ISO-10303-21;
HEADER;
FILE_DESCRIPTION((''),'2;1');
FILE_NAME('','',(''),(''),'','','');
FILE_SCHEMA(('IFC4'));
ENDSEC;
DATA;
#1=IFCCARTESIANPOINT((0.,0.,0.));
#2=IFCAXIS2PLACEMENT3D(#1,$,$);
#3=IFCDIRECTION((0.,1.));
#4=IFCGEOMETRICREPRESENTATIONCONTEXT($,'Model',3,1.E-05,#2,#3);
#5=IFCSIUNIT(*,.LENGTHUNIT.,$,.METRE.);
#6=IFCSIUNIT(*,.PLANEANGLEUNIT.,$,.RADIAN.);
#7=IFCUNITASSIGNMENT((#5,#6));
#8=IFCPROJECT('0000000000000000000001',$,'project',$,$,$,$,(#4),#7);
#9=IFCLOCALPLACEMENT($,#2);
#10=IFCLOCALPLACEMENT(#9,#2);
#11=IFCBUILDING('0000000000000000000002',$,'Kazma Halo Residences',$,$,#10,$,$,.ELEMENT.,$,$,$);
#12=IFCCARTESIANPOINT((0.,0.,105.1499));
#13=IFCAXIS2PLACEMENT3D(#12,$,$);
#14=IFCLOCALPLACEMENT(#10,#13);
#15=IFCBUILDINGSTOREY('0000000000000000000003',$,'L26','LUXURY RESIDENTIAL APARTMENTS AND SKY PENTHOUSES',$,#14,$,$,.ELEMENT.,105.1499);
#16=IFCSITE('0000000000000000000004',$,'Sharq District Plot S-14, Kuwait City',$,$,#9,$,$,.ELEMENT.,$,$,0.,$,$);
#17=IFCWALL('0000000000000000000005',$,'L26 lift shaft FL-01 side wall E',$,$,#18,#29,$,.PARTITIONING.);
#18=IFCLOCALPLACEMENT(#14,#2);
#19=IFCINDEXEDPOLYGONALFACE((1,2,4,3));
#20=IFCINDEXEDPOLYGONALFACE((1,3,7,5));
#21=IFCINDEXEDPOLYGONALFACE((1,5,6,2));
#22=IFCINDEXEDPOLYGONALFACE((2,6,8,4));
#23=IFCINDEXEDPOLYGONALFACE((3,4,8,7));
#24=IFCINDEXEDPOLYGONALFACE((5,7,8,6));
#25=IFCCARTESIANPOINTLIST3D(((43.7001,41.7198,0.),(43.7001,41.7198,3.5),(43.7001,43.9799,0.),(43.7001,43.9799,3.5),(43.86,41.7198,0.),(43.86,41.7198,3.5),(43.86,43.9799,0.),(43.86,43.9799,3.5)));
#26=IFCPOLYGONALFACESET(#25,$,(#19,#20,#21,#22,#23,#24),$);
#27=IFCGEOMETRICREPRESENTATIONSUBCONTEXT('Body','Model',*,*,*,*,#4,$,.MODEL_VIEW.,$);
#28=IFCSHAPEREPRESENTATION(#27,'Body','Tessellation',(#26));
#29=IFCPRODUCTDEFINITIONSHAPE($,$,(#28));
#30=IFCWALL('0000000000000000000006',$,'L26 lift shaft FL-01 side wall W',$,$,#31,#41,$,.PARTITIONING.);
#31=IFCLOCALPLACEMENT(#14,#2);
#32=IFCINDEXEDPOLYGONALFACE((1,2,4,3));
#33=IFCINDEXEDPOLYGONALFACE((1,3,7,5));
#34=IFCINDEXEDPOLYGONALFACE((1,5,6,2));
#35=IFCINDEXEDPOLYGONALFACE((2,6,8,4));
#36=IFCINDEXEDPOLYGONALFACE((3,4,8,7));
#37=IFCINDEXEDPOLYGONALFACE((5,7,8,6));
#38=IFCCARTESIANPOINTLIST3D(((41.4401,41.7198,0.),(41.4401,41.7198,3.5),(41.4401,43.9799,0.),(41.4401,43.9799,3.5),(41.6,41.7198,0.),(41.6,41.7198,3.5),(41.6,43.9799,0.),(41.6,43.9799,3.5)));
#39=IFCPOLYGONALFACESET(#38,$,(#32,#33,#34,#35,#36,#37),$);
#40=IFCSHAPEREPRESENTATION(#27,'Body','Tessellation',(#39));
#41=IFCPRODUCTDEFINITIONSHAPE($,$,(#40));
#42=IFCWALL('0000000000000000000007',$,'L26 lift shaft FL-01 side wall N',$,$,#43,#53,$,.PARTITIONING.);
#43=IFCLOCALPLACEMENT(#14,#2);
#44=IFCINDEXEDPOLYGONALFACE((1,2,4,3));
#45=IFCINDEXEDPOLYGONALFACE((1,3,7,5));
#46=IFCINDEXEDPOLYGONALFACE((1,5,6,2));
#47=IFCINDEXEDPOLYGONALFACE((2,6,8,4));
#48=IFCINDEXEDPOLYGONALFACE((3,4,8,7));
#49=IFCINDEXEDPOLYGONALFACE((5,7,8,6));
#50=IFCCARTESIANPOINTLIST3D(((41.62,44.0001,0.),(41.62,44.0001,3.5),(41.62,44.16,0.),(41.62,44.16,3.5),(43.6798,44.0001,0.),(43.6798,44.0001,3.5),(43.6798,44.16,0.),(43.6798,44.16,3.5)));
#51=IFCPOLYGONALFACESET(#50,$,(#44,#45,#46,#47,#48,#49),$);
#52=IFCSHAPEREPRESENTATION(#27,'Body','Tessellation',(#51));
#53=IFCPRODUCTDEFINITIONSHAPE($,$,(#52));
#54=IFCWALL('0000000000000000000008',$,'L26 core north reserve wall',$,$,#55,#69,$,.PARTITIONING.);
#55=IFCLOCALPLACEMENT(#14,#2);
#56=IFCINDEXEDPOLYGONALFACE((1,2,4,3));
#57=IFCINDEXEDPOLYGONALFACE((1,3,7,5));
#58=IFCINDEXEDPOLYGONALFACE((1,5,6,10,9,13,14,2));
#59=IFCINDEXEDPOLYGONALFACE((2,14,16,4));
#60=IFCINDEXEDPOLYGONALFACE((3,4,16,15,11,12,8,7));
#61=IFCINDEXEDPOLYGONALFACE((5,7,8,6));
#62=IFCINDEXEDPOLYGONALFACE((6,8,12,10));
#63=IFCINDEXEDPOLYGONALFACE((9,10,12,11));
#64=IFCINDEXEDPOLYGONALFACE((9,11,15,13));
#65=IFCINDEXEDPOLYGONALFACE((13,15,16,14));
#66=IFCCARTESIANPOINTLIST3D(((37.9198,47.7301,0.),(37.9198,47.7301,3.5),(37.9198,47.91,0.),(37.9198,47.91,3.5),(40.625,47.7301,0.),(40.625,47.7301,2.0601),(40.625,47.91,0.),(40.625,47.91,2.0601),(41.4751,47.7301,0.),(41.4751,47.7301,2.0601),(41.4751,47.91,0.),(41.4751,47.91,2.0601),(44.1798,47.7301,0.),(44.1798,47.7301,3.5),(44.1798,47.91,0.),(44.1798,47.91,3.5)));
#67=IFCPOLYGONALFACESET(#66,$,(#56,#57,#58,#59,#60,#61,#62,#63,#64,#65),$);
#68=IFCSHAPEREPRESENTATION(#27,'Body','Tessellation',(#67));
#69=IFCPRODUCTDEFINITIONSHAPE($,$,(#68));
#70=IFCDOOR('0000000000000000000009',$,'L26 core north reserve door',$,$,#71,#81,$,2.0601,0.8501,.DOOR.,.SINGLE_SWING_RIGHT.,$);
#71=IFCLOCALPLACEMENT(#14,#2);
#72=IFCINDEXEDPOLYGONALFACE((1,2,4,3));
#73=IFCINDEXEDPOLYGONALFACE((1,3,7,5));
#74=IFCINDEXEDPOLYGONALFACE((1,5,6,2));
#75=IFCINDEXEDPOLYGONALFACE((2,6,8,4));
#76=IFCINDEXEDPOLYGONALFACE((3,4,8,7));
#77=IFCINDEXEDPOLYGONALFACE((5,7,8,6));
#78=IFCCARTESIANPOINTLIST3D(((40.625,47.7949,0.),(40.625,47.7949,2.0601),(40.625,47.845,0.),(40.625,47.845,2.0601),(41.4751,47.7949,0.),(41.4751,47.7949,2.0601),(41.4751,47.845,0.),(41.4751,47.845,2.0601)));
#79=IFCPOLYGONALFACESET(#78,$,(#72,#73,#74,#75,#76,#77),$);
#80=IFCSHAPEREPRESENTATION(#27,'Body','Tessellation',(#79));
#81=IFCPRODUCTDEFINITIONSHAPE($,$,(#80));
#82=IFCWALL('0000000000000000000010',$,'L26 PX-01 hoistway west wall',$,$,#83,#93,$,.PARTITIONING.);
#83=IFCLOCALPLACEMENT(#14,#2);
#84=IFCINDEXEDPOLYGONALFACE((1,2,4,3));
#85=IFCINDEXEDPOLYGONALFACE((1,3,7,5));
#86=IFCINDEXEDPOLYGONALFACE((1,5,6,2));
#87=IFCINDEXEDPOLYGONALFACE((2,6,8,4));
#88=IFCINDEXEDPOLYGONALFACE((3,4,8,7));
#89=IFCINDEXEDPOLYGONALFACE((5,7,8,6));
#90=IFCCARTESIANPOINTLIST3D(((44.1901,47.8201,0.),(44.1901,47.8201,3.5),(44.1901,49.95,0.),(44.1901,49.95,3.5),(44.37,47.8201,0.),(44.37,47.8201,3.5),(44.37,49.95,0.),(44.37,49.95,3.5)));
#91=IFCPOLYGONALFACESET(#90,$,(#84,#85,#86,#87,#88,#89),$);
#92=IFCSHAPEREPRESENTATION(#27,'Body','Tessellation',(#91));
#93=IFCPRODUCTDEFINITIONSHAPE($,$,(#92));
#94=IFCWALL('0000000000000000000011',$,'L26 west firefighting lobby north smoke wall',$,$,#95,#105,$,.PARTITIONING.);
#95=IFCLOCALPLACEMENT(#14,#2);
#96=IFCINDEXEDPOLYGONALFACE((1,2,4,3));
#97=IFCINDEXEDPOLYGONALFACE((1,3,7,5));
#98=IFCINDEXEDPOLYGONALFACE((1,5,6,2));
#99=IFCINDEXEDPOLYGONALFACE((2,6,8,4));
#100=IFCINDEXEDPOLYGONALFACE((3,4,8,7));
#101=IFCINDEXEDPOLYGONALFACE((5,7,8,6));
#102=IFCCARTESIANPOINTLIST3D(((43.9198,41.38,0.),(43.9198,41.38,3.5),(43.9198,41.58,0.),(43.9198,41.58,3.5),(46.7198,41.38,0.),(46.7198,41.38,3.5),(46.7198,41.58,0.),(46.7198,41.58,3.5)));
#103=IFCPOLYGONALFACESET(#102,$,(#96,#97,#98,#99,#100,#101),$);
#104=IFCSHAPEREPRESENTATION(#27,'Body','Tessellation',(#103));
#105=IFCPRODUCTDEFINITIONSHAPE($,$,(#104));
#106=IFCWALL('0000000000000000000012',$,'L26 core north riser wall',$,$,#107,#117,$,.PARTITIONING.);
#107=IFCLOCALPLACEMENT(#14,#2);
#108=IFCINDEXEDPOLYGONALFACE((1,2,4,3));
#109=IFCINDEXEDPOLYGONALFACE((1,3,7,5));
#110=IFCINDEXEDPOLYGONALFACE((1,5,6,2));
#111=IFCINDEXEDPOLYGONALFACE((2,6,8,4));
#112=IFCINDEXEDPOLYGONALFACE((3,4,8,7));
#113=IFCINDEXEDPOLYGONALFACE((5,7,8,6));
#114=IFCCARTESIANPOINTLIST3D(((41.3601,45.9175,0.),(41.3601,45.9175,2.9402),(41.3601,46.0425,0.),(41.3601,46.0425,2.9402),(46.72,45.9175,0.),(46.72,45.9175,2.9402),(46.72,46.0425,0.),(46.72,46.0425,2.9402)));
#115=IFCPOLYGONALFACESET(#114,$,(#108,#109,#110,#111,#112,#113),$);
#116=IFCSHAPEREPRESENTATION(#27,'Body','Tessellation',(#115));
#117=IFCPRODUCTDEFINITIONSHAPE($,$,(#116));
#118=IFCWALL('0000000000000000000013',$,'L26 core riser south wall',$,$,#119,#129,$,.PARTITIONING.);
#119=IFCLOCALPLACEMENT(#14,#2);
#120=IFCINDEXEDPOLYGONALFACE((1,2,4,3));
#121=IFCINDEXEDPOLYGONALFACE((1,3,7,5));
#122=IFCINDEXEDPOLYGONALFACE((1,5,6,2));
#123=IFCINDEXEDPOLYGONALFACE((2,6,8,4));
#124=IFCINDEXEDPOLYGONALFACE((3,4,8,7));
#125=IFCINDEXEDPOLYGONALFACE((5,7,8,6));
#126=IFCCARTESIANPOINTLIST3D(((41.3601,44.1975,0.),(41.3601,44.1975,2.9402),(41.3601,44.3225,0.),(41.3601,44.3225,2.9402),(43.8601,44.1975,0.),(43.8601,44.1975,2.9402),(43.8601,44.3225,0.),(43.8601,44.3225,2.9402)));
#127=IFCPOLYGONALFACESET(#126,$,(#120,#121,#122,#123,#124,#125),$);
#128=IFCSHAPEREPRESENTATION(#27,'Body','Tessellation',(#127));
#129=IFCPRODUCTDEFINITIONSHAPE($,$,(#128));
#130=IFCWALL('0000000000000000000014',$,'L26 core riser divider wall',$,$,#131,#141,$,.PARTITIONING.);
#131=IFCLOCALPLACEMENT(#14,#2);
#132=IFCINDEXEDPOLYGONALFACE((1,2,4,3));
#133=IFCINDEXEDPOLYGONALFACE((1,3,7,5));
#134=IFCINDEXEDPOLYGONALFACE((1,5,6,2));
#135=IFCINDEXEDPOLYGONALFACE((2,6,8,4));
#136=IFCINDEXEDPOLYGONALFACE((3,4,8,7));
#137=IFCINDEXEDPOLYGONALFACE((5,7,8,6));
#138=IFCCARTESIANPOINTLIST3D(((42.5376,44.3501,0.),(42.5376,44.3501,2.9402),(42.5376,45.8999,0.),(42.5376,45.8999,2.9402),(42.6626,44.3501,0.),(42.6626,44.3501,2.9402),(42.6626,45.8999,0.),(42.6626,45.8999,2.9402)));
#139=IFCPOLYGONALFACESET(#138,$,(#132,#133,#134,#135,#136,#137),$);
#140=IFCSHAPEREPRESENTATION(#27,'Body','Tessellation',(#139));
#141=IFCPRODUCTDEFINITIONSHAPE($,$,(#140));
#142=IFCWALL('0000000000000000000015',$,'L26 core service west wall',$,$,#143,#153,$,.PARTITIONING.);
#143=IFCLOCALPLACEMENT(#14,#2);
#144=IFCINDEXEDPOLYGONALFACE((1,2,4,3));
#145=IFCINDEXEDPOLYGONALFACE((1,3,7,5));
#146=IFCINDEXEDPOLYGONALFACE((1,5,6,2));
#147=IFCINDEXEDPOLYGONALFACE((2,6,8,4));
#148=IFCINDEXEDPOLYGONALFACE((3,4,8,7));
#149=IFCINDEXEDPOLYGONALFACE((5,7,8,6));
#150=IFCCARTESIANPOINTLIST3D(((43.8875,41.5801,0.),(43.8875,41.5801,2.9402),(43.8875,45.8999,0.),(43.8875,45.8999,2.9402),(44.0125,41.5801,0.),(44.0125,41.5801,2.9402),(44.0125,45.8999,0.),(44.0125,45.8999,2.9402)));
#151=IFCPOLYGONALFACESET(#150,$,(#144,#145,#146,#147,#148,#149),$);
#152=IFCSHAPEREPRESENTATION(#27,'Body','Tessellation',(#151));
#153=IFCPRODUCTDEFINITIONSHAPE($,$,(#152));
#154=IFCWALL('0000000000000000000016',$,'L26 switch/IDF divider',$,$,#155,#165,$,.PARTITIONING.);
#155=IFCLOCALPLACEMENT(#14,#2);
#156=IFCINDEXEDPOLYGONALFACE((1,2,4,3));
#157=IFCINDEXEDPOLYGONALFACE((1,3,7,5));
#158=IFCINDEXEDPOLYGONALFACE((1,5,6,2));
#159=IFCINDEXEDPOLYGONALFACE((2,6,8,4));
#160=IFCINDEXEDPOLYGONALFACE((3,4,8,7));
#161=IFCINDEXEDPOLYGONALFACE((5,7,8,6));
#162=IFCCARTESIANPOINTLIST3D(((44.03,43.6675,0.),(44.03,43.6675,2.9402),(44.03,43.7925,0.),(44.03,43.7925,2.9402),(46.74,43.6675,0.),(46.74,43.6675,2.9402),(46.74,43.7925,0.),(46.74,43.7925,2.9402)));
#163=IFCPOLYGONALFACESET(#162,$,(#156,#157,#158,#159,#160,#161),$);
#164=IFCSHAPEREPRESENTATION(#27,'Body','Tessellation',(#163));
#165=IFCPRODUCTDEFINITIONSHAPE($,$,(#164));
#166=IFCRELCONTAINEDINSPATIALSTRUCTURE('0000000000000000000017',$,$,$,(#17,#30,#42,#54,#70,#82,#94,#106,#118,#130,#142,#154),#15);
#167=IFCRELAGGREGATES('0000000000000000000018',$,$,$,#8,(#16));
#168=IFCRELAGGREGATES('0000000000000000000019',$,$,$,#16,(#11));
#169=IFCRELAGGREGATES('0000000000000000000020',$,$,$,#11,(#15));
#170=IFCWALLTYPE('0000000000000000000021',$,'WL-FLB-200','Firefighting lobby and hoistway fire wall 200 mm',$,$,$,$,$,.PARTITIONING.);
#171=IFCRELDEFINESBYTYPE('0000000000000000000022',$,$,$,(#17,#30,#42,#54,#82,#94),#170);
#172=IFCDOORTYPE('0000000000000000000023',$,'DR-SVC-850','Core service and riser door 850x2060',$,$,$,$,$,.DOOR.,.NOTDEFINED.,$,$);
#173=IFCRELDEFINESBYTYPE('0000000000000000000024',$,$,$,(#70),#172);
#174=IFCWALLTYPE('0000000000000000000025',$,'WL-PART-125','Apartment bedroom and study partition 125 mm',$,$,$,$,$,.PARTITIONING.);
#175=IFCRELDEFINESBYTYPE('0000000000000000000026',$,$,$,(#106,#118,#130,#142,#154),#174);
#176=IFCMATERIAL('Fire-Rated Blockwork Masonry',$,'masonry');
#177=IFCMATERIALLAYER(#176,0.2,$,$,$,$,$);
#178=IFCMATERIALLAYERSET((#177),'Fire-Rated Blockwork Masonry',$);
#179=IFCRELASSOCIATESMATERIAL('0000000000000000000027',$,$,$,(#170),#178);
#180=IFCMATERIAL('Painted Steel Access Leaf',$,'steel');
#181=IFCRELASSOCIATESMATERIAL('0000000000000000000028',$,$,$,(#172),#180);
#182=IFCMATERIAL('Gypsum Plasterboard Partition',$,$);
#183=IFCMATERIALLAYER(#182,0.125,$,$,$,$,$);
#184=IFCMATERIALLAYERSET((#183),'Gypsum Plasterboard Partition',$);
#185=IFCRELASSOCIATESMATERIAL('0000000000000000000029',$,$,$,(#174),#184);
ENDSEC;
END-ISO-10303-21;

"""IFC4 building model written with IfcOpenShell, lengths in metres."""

from ifc_helpers import new_model, si_unit, direction, frame, frame_2d, origin, place, context, subcontext, project, spatial, rectangle, extrude, material, layer, layer_set, type_object, element, fill, save


model = new_model("IFC4")

# Units and contexts
model_context = context("Model", 3, precision=1e-05, world=origin(), true_north=direction((0.0, 1.0)))
body_context = subcontext(model_context, "Body", "Model", "MODEL_VIEW")
ifc_project = project(units=[si_unit("LENGTHUNIT", "METRE"), si_unit("PLANEANGLEUNIT", "RADIAN")], contexts=[model_context])

# Site, building, storey
site_placement = place(None, origin())
site = spatial("IfcSite", under=ifc_project, at=site_placement, Name="Sharq District Plot S-14, Kuwait City", CompositionType="ELEMENT", RefElevation=0.0)
building_placement = place(site_placement, origin())
building = spatial("IfcBuilding", under=site, at=building_placement, Name="Kazma Halo Residences", CompositionType="ELEMENT")
storey_placement = place(building_placement, frame((0.0, 0.0, 105.1499)))
storey = spatial("IfcBuildingStorey", under=building, at=storey_placement, Name="L26", Description="LUXURY RESIDENTIAL APARTMENTS AND SKY PENTHOUSES", CompositionType="ELEMENT", Elevation=105.1499)

# Shared definitions
ifc_material_1 = material(Name="Fire-Rated Blockwork Masonry", Category="masonry")
ifc_layer_1 = layer(ifc_material_1, 0.2)
ifc_layer_set_1 = layer_set([ifc_layer_1], Name="Fire-Rated Blockwork Masonry")
wall_type_1 = type_object("IfcWallType", Name="WL-FLB-200", Description="Firefighting lobby and hoistway fire wall 200 mm", PredefinedType="PARTITIONING", material=ifc_layer_set_1)

# Walls
for number, where, z_axis, x_axis, name in (
    (1, (43.78, 41.72, 0.0), (0.0, 0.0, 1.0), (0.0, 1.0, 0.0), "L26 lift shaft FL-01 side wall E"),
    (2, (41.52, 41.72, 0.0), (0.0, 0.0, 1.0), (0.0, 1.0, 0.0), "L26 lift shaft FL-01 side wall W"),
):
    element("IfcWall", number, at=place(storey_placement, frame(where, z_axis=z_axis, x_axis=x_axis)), inside=storey, type_object=wall_type_1, Name=name, PredefinedType="PARTITIONING", context=body_context, shape_type="SweptSolid", body=[
        extrude(rectangle(XDim=2.26, YDim=0.1599, at=frame_2d((1.1299, 0.0))), origin(), (0.0, 0.0, 1.0), 3.5),
    ])
wall_1_placement = place(storey_placement, frame((41.6201, 44.0801, 0.0), z_axis=(0.0, 0.0, 1.0), x_axis=(1.0, 0.0, 0.0)))
element("IfcWall", 3, at=wall_1_placement, inside=storey, type_object=wall_type_1, Name="L26 lift shaft FL-01 side wall N", PredefinedType="PARTITIONING", context=body_context, shape_type="SweptSolid", body=[
    extrude(rectangle(XDim=2.0598, YDim=0.1599, at=frame_2d((1.0298, 0.0))), origin(), (0.0, 0.0, 1.0), 3.5),
])

# Wall, opening, door
wall_2_placement = place(storey_placement, frame((37.9199, 47.8201, 0.0), z_axis=(0.0, 0.0, 1.0), x_axis=(1.0, 0.0, 0.0)))
wall_2 = element("IfcWall", 4, at=wall_2_placement, inside=storey, type_object=wall_type_1, Name="L26 core north reserve wall", PredefinedType="PARTITIONING", context=body_context, shape_type="SweptSolid", body=[
    extrude(rectangle(XDim=6.26, YDim=0.1799, at=frame_2d((3.1299, 0.0))), origin(), (0.0, 0.0, 1.0), 3.5),
])
opening_1_placement = place(wall_2_placement, frame((2.7051, 0.0, 0.0)))
opening_1 = element("IfcOpeningElement", 5, at=opening_1_placement, cuts=wall_2, PredefinedType="OPENING", context=body_context, shape_type="SweptSolid", body=[
    extrude(rectangle(XDim=0.8501, YDim=2.0601, at=frame_2d((0.425, 1.03))), frame((0.0, 0.0999, 0.0), z_axis=(0.0, -1.0, 0.0), x_axis=(1.0, 0.0, 0.0)), (0.0, 0.0, 1.0), 0.2),
])
ifc_material_2 = material(Name="Painted Steel Access Leaf", Category="steel")
door_type_1 = type_object("IfcDoorType", Name="DR-SVC-850", Description="Core service and riser door 850x2060", OperationType="NOTDEFINED", PredefinedType="DOOR", material=ifc_material_2)
door_1_placement = place(opening_1_placement, origin())
door_1 = element("IfcDoor", 6, at=door_1_placement, inside=storey, type_object=door_type_1, Name="L26 core north reserve door", OperationType="SINGLE_SWING_RIGHT", OverallHeight=2.0601, OverallWidth=0.8501, PredefinedType="DOOR", context=body_context, shape_type="SweptSolid", body=[
    extrude(rectangle(XDim=0.8501, YDim=2.0601, at=frame_2d((0.425, 1.03))), frame((0.0, 0.0249, 0.0), z_axis=(0.0, -1.0, 0.0), x_axis=(1.0, 0.0, 0.0)), (0.0, 0.0, 1.0), 0.05),
])
fill(opening_1, door_1)

# Walls
wall_3_placement = place(storey_placement, frame((44.28, 47.8201, 0.0), z_axis=(0.0, 0.0, 1.0), x_axis=(0.0, 1.0, 0.0)))
element("IfcWall", 7, at=wall_3_placement, inside=storey, type_object=wall_type_1, Name="L26 PX-01 hoistway west wall", PredefinedType="PARTITIONING", context=body_context, shape_type="SweptSolid", body=[
    extrude(rectangle(XDim=2.1299, YDim=0.1799, at=frame_2d((1.0649, 0.0))), origin(), (0.0, 0.0, 1.0), 3.5),
])
wall_4_placement = place(storey_placement, frame((43.9199, 41.48, 0.0), z_axis=(0.0, 0.0, 1.0), x_axis=(1.0, 0.0, 0.0)))
element("IfcWall", 8, at=wall_4_placement, inside=storey, type_object=wall_type_1, Name="L26 west firefighting lobby north smoke wall", PredefinedType="PARTITIONING", context=body_context, shape_type="SweptSolid", body=[
    extrude(rectangle(XDim=2.8, YDim=0.2, at=frame_2d((1.3999, 0.0))), origin(), (0.0, 0.0, 1.0), 3.5),
])
ifc_material_3 = material(Name="Gypsum Plasterboard Partition")
ifc_layer_2 = layer(ifc_material_3, 0.125)
ifc_layer_set_2 = layer_set([ifc_layer_2], Name="Gypsum Plasterboard Partition")
wall_type_2 = type_object("IfcWallType", Name="WL-PART-125", Description="Apartment bedroom and study partition 125 mm", PredefinedType="PARTITIONING", material=ifc_layer_set_2)
wall_5_placement = place(storey_placement, frame((41.3601, 45.98, 0.0), z_axis=(0.0, 0.0, 1.0), x_axis=(1.0, 0.0, 0.0)))
element("IfcWall", 9, at=wall_5_placement, inside=storey, type_object=wall_type_2, Name="L26 core north riser wall", PredefinedType="PARTITIONING", context=body_context, shape_type="SweptSolid", body=[
    extrude(rectangle(XDim=5.3599, YDim=0.125, at=frame_2d((2.6799, 0.0))), origin(), (0.0, 0.0, 1.0), 2.9402),
])
wall_6_placement = place(storey_placement, frame((41.3601, 44.26, 0.0), z_axis=(0.0, 0.0, 1.0), x_axis=(1.0, 0.0, 0.0)))
element("IfcWall", 10, at=wall_6_placement, inside=storey, type_object=wall_type_2, Name="L26 core riser south wall", PredefinedType="PARTITIONING", context=body_context, shape_type="SweptSolid", body=[
    extrude(rectangle(XDim=2.5, YDim=0.125, at=frame_2d((1.25, 0.0))), origin(), (0.0, 0.0, 1.0), 2.9402),
])
wall_7_placement = place(storey_placement, frame((42.6001, 44.3501, 0.0), z_axis=(0.0, 0.0, 1.0), x_axis=(0.0, 1.0, 0.0)))
element("IfcWall", 11, at=wall_7_placement, inside=storey, type_object=wall_type_2, Name="L26 core riser divider wall", PredefinedType="PARTITIONING", context=body_context, shape_type="SweptSolid", body=[
    extrude(rectangle(XDim=1.5498, YDim=0.125, at=frame_2d((0.7749, 0.0))), origin(), (0.0, 0.0, 1.0), 2.9402),
])
wall_8_placement = place(storey_placement, frame((43.95, 41.5801, 0.0), z_axis=(0.0, 0.0, 1.0), x_axis=(0.0, 1.0, 0.0)))
element("IfcWall", 12, at=wall_8_placement, inside=storey, type_object=wall_type_2, Name="L26 core service west wall", PredefinedType="PARTITIONING", context=body_context, shape_type="SweptSolid", body=[
    extrude(rectangle(XDim=4.3198, YDim=0.125, at=frame_2d((2.1599, 0.0))), origin(), (0.0, 0.0, 1.0), 2.9402),
])
wall_9_placement = place(storey_placement, frame((44.03, 43.73, 0.0), z_axis=(0.0, 0.0, 1.0), x_axis=(1.0, 0.0, 0.0)))
element("IfcWall", 13, at=wall_9_placement, inside=storey, type_object=wall_type_2, Name="L26 switch/IDF divider", PredefinedType="PARTITIONING", context=body_context, shape_type="SweptSolid", body=[
    extrude(rectangle(XDim=2.71, YDim=0.125, at=frame_2d((1.355, 0.0))), origin(), (0.0, 0.0, 1.0), 2.9402),
])

save(model, "model.ifc")
